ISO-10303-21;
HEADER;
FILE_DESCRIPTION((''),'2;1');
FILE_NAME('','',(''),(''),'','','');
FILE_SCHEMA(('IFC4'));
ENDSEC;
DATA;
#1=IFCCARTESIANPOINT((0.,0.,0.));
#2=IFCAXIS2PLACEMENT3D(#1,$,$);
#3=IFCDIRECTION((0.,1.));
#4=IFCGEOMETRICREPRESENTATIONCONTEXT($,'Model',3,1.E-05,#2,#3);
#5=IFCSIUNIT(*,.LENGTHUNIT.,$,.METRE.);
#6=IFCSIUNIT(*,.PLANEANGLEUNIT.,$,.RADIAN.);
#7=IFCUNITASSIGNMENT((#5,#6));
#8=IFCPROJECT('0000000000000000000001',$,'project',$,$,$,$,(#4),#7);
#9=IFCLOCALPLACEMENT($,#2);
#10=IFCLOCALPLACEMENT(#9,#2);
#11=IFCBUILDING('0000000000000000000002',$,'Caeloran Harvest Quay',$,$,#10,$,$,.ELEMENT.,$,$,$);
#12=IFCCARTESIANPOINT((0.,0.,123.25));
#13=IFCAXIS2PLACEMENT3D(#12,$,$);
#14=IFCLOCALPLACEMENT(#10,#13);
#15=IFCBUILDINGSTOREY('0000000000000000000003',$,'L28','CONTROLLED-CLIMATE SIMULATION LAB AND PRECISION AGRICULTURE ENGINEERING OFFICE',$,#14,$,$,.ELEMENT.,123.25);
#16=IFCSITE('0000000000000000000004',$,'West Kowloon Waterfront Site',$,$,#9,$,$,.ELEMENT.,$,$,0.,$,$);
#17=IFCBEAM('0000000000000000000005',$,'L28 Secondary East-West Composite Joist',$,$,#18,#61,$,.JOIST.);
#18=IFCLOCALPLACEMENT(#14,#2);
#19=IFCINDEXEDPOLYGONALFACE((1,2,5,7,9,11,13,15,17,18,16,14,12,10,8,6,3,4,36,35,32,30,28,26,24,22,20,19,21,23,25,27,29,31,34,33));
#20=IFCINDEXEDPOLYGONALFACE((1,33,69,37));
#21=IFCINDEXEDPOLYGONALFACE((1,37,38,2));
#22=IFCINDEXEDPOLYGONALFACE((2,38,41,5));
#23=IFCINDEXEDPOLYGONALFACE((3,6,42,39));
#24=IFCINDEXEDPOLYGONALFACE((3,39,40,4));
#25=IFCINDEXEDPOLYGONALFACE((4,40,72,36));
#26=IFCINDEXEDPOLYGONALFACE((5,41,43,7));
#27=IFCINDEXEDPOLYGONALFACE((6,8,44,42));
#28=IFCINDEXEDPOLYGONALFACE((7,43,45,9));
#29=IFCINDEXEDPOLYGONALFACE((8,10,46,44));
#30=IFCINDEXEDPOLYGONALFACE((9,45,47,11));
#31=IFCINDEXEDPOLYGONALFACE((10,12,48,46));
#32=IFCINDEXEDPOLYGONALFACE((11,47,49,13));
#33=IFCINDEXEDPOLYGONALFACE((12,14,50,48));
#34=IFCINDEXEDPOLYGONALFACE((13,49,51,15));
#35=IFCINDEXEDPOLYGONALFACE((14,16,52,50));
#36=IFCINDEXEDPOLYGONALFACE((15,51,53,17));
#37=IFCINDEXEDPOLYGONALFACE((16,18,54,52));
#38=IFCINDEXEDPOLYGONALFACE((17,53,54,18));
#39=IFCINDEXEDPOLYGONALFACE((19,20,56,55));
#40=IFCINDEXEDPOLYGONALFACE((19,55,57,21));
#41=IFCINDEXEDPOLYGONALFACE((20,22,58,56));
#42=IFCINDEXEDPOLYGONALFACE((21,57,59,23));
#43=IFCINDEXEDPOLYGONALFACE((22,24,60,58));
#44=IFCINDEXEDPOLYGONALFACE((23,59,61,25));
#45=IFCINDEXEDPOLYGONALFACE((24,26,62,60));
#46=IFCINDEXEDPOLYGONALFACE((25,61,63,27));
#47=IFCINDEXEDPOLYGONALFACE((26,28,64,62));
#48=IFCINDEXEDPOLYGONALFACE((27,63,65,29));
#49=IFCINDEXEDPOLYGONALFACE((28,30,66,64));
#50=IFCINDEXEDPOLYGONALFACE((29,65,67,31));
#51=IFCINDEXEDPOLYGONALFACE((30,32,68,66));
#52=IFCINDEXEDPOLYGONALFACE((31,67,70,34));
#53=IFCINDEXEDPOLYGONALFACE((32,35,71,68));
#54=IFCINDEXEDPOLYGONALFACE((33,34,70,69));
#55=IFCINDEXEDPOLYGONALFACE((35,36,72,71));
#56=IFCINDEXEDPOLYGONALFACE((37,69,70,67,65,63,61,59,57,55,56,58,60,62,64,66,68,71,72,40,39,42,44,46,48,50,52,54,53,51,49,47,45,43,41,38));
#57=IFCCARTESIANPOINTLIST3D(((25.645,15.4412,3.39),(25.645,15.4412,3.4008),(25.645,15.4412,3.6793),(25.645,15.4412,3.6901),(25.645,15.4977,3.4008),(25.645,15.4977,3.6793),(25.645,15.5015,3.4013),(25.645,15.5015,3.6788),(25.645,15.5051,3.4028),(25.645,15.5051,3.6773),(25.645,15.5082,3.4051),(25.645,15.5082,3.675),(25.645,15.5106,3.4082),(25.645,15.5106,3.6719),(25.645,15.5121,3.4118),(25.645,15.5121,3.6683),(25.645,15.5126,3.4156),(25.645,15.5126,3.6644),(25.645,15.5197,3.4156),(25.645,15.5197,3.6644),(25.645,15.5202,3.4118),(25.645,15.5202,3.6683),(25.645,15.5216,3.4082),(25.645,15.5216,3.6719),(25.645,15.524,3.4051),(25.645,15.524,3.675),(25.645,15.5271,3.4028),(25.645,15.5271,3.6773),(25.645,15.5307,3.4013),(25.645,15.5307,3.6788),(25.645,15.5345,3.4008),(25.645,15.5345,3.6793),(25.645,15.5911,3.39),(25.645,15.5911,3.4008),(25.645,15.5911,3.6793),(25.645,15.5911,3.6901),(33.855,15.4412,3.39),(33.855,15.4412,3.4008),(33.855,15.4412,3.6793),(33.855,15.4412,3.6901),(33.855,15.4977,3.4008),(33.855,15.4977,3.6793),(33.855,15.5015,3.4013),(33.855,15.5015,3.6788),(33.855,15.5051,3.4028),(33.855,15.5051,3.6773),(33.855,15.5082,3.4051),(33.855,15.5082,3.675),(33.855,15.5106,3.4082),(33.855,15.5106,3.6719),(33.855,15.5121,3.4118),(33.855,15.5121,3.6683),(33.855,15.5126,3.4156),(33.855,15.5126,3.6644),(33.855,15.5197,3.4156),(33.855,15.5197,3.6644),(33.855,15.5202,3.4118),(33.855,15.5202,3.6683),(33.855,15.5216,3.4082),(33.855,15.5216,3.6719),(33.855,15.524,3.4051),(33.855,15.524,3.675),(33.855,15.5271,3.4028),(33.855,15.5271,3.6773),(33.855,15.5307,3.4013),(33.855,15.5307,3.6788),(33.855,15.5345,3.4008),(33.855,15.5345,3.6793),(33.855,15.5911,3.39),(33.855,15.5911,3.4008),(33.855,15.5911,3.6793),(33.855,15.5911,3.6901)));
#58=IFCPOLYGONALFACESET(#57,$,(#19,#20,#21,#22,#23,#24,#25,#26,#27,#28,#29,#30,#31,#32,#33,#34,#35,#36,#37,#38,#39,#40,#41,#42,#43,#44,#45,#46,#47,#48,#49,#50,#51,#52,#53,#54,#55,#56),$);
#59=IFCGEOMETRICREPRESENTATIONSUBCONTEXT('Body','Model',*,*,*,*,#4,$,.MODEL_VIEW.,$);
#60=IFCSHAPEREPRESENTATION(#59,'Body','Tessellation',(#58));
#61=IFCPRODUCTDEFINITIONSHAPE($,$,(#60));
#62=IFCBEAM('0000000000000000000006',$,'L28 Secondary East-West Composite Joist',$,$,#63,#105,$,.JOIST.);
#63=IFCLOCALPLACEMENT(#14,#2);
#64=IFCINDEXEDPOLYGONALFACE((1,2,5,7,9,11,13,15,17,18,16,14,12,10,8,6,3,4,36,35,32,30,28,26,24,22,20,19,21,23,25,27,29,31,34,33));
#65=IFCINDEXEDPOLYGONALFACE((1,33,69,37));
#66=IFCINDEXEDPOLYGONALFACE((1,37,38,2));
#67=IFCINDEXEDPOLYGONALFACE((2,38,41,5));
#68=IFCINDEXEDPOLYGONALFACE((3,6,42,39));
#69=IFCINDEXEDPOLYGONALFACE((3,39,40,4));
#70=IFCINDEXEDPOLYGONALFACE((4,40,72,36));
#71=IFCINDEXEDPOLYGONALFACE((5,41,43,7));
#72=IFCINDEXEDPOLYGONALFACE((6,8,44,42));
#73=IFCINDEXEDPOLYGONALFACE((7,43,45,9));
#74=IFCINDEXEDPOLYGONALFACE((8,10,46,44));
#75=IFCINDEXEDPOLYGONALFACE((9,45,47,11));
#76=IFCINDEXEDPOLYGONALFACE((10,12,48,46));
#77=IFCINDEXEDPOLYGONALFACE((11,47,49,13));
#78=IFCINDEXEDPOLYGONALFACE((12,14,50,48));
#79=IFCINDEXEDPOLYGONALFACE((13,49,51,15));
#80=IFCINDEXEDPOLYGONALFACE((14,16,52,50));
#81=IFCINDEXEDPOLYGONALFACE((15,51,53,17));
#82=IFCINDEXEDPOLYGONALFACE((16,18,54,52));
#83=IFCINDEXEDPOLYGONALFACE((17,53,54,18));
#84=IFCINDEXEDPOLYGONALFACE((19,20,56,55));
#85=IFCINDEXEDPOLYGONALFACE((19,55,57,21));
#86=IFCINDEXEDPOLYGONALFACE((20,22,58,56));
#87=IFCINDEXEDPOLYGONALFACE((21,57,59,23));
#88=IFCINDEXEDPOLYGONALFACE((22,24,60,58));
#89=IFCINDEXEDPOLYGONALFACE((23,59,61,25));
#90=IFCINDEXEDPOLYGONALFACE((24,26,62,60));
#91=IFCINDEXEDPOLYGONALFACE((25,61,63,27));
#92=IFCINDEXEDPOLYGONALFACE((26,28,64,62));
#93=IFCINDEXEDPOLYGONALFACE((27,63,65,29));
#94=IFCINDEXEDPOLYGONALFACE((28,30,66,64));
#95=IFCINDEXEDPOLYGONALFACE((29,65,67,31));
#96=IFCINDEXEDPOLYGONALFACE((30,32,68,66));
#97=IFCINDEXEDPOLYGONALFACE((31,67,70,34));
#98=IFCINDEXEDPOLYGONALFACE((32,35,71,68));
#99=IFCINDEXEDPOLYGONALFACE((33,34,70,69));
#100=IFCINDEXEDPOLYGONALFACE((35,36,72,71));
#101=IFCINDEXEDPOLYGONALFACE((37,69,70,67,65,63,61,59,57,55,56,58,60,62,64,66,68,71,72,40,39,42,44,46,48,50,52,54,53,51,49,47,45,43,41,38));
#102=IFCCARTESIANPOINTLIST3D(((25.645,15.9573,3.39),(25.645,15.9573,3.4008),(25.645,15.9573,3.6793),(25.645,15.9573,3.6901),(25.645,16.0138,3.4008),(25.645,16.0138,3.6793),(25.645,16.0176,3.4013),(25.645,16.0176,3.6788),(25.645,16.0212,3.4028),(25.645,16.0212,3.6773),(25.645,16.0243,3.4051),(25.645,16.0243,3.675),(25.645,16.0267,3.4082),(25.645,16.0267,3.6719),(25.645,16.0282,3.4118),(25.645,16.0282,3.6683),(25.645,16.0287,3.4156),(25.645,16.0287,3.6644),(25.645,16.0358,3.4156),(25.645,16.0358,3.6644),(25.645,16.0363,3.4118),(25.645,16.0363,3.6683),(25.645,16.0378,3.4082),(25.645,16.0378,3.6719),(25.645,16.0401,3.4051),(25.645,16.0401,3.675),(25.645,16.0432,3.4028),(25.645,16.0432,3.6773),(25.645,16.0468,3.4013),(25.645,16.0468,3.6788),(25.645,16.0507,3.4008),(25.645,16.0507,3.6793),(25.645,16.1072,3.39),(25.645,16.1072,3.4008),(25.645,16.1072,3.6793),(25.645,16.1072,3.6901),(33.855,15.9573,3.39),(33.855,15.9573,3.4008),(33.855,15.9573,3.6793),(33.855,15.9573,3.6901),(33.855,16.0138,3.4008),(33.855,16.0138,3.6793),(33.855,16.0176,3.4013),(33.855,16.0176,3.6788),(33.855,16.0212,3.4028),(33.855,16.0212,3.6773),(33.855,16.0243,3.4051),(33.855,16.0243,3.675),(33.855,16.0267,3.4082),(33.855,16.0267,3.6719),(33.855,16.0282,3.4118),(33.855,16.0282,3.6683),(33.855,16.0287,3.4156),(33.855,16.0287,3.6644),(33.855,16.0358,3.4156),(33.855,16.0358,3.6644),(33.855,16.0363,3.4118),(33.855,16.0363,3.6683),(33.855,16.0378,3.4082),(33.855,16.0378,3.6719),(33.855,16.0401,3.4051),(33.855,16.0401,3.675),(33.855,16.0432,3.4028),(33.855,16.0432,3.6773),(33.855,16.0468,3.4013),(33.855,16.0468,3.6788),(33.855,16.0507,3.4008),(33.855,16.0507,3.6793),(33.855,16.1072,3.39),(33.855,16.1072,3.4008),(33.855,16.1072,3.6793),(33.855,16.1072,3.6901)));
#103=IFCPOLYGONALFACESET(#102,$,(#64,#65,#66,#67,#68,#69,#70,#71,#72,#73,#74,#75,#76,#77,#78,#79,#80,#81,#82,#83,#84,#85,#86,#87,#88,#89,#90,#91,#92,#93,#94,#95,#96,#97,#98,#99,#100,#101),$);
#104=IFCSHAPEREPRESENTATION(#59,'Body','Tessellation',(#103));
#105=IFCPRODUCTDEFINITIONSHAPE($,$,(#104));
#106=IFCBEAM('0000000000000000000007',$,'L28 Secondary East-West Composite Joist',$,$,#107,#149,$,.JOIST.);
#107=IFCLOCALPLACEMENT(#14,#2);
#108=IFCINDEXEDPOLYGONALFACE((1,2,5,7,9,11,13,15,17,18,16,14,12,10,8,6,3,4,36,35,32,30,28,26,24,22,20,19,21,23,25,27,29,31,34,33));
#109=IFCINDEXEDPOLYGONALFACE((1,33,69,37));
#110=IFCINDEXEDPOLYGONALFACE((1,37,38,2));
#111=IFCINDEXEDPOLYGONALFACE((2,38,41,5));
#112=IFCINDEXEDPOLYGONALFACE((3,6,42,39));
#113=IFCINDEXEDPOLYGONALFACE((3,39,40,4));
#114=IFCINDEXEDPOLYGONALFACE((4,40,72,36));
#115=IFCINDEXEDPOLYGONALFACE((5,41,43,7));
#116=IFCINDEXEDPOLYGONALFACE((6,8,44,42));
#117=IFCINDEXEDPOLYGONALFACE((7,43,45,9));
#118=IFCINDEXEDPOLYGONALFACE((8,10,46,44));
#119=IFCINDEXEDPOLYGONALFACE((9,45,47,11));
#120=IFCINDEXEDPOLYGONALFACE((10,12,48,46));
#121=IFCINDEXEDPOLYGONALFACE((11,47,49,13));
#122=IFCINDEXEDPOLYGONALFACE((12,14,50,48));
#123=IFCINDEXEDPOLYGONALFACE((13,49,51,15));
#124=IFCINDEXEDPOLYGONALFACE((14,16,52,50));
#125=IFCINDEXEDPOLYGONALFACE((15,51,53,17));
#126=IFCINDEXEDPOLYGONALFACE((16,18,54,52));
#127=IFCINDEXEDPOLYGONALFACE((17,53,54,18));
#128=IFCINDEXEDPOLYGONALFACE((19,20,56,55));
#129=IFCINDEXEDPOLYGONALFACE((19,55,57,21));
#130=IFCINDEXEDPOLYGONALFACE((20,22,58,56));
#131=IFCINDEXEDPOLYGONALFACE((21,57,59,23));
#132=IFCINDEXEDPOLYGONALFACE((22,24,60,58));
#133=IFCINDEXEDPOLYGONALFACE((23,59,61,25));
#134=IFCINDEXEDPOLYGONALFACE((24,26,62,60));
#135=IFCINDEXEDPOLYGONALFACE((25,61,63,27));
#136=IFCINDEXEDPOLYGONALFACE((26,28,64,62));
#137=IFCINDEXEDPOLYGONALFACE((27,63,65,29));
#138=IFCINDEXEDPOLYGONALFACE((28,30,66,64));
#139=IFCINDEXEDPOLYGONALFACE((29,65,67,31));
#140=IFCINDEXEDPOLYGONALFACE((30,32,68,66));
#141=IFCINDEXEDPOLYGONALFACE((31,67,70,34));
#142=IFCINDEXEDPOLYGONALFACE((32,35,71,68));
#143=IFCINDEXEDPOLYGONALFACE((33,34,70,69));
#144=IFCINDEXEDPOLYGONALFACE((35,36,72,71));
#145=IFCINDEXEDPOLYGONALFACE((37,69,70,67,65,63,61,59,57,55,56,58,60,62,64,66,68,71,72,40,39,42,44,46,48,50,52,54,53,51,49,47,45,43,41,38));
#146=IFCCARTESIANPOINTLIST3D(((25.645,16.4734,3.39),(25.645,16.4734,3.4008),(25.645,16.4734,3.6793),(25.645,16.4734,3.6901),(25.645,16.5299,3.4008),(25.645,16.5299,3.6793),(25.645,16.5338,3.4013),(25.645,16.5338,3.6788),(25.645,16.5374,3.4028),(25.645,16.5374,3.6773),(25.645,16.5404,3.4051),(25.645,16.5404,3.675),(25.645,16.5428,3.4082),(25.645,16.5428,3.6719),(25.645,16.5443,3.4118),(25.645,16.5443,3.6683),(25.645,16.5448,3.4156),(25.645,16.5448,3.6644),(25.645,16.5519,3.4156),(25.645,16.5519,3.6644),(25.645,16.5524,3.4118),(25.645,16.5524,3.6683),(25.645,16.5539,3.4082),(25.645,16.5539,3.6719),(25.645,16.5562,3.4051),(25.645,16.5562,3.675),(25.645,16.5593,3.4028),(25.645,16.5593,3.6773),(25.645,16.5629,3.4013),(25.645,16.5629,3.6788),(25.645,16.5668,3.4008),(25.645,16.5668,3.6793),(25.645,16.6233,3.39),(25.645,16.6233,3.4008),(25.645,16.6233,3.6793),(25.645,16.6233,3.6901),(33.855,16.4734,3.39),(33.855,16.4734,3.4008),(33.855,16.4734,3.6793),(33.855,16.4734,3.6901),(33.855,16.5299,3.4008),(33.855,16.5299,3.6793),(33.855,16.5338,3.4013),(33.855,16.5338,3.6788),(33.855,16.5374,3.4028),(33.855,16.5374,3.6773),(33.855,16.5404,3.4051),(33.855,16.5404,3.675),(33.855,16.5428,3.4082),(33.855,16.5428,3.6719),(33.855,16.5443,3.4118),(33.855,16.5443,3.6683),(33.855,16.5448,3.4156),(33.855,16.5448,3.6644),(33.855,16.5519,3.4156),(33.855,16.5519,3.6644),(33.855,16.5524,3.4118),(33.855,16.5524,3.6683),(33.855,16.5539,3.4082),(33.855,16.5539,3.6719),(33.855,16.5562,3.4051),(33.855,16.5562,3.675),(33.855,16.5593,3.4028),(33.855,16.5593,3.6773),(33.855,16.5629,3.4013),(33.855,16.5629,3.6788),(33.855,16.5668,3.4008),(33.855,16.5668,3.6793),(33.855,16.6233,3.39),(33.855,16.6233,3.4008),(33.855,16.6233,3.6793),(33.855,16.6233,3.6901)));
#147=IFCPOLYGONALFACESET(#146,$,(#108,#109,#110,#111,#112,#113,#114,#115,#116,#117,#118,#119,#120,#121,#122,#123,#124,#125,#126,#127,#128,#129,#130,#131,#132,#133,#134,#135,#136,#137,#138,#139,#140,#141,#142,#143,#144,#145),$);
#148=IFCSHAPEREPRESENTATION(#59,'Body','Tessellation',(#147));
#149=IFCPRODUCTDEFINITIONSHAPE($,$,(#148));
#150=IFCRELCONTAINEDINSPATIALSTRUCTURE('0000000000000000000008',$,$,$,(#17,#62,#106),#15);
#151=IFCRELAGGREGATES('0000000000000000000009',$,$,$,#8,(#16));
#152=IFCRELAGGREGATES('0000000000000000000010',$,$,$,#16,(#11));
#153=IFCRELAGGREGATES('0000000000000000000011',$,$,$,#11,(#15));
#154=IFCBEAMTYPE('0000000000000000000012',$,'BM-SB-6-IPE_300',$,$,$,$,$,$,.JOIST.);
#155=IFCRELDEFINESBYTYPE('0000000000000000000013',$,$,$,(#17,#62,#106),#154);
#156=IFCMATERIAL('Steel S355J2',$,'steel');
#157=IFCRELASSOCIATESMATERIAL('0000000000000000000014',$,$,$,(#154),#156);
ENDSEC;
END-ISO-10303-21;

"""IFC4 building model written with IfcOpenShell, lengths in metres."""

from ifc_helpers import new_model, si_unit, direction, frame, origin, origin_2d, place, context, subcontext, project, spatial, i_section, extrude, material, material_profile, profile_set, type_object, element, save


model = new_model("IFC4")

# Units and contexts
model_context = context("Model", 3, precision=1e-05, world=origin(), true_north=direction((0.0, 1.0)))
body_context = subcontext(model_context, "Body", "Model", "MODEL_VIEW")
ifc_project = project(units=[si_unit("LENGTHUNIT", "METRE"), si_unit("PLANEANGLEUNIT", "RADIAN")], contexts=[model_context])

# Site, building, storey
site_placement = place(None, origin())
site = spatial("IfcSite", under=ifc_project, at=site_placement, Name="West Kowloon Waterfront Site", CompositionType="ELEMENT", RefElevation=0.0)
building_placement = place(site_placement, origin())
building = spatial("IfcBuilding", under=site, at=building_placement, Name="Caeloran Harvest Quay", CompositionType="ELEMENT")
storey_placement = place(building_placement, frame((0.0, 0.0, 123.25)))
storey = spatial("IfcBuildingStorey", under=building, at=storey_placement, Name="L28", Description="CONTROLLED-CLIMATE SIMULATION LAB AND PRECISION AGRICULTURE ENGINEERING OFFICE", CompositionType="ELEMENT", Elevation=123.25)

# Beams
ifc_material_1 = material(Name="Steel S355J2", Category="steel")
ifc_material_profile_1 = material_profile(ifc_material_1, i_section(OverallWidth=0.1499, OverallDepth=0.3, WebThickness=0.0071, FlangeThickness=0.0107, FilletRadius=0.0149, at=origin_2d()), Name="IPE 300")
ifc_profile_set_1 = profile_set([ifc_material_profile_1], Name="Steel S355J2")
beam_type_1 = type_object("IfcBeamType", Name="BM-SB-6-IPE_300", PredefinedType="JOIST", material=ifc_profile_set_1)
for number, where, z_axis, x_axis, name in (
    (1, (25.645, 15.5161, 3.54), (1.0, 0.0, 0.0), (0.0, 1.0, 0.0), "L28 Secondary East-West Composite Joist"),
    (2, (25.645, 16.0322, 3.54), (1.0, 0.0, 0.0), (0.0, 1.0, 0.0), "L28 Secondary East-West Composite Joist"),
    (3, (25.645, 16.5483, 3.54), (1.0, 0.0, 0.0), (0.0, 1.0, 0.0), "L28 Secondary East-West Composite Joist"),
):
    element("IfcBeam", number, at=place(storey_placement, frame(where, z_axis=z_axis, x_axis=x_axis)), inside=storey, type_object=beam_type_1, Name=name, PredefinedType="JOIST", context=body_context, shape_type="SweptSolid", body=[
        extrude(i_section(OverallWidth=0.1499, OverallDepth=0.3, WebThickness=0.0071, FlangeThickness=0.0107, FilletRadius=0.0149, at=origin_2d()), origin(), (0.0, 0.0, 1.0), 8.21),
    ])

save(model, "model.ifc")
